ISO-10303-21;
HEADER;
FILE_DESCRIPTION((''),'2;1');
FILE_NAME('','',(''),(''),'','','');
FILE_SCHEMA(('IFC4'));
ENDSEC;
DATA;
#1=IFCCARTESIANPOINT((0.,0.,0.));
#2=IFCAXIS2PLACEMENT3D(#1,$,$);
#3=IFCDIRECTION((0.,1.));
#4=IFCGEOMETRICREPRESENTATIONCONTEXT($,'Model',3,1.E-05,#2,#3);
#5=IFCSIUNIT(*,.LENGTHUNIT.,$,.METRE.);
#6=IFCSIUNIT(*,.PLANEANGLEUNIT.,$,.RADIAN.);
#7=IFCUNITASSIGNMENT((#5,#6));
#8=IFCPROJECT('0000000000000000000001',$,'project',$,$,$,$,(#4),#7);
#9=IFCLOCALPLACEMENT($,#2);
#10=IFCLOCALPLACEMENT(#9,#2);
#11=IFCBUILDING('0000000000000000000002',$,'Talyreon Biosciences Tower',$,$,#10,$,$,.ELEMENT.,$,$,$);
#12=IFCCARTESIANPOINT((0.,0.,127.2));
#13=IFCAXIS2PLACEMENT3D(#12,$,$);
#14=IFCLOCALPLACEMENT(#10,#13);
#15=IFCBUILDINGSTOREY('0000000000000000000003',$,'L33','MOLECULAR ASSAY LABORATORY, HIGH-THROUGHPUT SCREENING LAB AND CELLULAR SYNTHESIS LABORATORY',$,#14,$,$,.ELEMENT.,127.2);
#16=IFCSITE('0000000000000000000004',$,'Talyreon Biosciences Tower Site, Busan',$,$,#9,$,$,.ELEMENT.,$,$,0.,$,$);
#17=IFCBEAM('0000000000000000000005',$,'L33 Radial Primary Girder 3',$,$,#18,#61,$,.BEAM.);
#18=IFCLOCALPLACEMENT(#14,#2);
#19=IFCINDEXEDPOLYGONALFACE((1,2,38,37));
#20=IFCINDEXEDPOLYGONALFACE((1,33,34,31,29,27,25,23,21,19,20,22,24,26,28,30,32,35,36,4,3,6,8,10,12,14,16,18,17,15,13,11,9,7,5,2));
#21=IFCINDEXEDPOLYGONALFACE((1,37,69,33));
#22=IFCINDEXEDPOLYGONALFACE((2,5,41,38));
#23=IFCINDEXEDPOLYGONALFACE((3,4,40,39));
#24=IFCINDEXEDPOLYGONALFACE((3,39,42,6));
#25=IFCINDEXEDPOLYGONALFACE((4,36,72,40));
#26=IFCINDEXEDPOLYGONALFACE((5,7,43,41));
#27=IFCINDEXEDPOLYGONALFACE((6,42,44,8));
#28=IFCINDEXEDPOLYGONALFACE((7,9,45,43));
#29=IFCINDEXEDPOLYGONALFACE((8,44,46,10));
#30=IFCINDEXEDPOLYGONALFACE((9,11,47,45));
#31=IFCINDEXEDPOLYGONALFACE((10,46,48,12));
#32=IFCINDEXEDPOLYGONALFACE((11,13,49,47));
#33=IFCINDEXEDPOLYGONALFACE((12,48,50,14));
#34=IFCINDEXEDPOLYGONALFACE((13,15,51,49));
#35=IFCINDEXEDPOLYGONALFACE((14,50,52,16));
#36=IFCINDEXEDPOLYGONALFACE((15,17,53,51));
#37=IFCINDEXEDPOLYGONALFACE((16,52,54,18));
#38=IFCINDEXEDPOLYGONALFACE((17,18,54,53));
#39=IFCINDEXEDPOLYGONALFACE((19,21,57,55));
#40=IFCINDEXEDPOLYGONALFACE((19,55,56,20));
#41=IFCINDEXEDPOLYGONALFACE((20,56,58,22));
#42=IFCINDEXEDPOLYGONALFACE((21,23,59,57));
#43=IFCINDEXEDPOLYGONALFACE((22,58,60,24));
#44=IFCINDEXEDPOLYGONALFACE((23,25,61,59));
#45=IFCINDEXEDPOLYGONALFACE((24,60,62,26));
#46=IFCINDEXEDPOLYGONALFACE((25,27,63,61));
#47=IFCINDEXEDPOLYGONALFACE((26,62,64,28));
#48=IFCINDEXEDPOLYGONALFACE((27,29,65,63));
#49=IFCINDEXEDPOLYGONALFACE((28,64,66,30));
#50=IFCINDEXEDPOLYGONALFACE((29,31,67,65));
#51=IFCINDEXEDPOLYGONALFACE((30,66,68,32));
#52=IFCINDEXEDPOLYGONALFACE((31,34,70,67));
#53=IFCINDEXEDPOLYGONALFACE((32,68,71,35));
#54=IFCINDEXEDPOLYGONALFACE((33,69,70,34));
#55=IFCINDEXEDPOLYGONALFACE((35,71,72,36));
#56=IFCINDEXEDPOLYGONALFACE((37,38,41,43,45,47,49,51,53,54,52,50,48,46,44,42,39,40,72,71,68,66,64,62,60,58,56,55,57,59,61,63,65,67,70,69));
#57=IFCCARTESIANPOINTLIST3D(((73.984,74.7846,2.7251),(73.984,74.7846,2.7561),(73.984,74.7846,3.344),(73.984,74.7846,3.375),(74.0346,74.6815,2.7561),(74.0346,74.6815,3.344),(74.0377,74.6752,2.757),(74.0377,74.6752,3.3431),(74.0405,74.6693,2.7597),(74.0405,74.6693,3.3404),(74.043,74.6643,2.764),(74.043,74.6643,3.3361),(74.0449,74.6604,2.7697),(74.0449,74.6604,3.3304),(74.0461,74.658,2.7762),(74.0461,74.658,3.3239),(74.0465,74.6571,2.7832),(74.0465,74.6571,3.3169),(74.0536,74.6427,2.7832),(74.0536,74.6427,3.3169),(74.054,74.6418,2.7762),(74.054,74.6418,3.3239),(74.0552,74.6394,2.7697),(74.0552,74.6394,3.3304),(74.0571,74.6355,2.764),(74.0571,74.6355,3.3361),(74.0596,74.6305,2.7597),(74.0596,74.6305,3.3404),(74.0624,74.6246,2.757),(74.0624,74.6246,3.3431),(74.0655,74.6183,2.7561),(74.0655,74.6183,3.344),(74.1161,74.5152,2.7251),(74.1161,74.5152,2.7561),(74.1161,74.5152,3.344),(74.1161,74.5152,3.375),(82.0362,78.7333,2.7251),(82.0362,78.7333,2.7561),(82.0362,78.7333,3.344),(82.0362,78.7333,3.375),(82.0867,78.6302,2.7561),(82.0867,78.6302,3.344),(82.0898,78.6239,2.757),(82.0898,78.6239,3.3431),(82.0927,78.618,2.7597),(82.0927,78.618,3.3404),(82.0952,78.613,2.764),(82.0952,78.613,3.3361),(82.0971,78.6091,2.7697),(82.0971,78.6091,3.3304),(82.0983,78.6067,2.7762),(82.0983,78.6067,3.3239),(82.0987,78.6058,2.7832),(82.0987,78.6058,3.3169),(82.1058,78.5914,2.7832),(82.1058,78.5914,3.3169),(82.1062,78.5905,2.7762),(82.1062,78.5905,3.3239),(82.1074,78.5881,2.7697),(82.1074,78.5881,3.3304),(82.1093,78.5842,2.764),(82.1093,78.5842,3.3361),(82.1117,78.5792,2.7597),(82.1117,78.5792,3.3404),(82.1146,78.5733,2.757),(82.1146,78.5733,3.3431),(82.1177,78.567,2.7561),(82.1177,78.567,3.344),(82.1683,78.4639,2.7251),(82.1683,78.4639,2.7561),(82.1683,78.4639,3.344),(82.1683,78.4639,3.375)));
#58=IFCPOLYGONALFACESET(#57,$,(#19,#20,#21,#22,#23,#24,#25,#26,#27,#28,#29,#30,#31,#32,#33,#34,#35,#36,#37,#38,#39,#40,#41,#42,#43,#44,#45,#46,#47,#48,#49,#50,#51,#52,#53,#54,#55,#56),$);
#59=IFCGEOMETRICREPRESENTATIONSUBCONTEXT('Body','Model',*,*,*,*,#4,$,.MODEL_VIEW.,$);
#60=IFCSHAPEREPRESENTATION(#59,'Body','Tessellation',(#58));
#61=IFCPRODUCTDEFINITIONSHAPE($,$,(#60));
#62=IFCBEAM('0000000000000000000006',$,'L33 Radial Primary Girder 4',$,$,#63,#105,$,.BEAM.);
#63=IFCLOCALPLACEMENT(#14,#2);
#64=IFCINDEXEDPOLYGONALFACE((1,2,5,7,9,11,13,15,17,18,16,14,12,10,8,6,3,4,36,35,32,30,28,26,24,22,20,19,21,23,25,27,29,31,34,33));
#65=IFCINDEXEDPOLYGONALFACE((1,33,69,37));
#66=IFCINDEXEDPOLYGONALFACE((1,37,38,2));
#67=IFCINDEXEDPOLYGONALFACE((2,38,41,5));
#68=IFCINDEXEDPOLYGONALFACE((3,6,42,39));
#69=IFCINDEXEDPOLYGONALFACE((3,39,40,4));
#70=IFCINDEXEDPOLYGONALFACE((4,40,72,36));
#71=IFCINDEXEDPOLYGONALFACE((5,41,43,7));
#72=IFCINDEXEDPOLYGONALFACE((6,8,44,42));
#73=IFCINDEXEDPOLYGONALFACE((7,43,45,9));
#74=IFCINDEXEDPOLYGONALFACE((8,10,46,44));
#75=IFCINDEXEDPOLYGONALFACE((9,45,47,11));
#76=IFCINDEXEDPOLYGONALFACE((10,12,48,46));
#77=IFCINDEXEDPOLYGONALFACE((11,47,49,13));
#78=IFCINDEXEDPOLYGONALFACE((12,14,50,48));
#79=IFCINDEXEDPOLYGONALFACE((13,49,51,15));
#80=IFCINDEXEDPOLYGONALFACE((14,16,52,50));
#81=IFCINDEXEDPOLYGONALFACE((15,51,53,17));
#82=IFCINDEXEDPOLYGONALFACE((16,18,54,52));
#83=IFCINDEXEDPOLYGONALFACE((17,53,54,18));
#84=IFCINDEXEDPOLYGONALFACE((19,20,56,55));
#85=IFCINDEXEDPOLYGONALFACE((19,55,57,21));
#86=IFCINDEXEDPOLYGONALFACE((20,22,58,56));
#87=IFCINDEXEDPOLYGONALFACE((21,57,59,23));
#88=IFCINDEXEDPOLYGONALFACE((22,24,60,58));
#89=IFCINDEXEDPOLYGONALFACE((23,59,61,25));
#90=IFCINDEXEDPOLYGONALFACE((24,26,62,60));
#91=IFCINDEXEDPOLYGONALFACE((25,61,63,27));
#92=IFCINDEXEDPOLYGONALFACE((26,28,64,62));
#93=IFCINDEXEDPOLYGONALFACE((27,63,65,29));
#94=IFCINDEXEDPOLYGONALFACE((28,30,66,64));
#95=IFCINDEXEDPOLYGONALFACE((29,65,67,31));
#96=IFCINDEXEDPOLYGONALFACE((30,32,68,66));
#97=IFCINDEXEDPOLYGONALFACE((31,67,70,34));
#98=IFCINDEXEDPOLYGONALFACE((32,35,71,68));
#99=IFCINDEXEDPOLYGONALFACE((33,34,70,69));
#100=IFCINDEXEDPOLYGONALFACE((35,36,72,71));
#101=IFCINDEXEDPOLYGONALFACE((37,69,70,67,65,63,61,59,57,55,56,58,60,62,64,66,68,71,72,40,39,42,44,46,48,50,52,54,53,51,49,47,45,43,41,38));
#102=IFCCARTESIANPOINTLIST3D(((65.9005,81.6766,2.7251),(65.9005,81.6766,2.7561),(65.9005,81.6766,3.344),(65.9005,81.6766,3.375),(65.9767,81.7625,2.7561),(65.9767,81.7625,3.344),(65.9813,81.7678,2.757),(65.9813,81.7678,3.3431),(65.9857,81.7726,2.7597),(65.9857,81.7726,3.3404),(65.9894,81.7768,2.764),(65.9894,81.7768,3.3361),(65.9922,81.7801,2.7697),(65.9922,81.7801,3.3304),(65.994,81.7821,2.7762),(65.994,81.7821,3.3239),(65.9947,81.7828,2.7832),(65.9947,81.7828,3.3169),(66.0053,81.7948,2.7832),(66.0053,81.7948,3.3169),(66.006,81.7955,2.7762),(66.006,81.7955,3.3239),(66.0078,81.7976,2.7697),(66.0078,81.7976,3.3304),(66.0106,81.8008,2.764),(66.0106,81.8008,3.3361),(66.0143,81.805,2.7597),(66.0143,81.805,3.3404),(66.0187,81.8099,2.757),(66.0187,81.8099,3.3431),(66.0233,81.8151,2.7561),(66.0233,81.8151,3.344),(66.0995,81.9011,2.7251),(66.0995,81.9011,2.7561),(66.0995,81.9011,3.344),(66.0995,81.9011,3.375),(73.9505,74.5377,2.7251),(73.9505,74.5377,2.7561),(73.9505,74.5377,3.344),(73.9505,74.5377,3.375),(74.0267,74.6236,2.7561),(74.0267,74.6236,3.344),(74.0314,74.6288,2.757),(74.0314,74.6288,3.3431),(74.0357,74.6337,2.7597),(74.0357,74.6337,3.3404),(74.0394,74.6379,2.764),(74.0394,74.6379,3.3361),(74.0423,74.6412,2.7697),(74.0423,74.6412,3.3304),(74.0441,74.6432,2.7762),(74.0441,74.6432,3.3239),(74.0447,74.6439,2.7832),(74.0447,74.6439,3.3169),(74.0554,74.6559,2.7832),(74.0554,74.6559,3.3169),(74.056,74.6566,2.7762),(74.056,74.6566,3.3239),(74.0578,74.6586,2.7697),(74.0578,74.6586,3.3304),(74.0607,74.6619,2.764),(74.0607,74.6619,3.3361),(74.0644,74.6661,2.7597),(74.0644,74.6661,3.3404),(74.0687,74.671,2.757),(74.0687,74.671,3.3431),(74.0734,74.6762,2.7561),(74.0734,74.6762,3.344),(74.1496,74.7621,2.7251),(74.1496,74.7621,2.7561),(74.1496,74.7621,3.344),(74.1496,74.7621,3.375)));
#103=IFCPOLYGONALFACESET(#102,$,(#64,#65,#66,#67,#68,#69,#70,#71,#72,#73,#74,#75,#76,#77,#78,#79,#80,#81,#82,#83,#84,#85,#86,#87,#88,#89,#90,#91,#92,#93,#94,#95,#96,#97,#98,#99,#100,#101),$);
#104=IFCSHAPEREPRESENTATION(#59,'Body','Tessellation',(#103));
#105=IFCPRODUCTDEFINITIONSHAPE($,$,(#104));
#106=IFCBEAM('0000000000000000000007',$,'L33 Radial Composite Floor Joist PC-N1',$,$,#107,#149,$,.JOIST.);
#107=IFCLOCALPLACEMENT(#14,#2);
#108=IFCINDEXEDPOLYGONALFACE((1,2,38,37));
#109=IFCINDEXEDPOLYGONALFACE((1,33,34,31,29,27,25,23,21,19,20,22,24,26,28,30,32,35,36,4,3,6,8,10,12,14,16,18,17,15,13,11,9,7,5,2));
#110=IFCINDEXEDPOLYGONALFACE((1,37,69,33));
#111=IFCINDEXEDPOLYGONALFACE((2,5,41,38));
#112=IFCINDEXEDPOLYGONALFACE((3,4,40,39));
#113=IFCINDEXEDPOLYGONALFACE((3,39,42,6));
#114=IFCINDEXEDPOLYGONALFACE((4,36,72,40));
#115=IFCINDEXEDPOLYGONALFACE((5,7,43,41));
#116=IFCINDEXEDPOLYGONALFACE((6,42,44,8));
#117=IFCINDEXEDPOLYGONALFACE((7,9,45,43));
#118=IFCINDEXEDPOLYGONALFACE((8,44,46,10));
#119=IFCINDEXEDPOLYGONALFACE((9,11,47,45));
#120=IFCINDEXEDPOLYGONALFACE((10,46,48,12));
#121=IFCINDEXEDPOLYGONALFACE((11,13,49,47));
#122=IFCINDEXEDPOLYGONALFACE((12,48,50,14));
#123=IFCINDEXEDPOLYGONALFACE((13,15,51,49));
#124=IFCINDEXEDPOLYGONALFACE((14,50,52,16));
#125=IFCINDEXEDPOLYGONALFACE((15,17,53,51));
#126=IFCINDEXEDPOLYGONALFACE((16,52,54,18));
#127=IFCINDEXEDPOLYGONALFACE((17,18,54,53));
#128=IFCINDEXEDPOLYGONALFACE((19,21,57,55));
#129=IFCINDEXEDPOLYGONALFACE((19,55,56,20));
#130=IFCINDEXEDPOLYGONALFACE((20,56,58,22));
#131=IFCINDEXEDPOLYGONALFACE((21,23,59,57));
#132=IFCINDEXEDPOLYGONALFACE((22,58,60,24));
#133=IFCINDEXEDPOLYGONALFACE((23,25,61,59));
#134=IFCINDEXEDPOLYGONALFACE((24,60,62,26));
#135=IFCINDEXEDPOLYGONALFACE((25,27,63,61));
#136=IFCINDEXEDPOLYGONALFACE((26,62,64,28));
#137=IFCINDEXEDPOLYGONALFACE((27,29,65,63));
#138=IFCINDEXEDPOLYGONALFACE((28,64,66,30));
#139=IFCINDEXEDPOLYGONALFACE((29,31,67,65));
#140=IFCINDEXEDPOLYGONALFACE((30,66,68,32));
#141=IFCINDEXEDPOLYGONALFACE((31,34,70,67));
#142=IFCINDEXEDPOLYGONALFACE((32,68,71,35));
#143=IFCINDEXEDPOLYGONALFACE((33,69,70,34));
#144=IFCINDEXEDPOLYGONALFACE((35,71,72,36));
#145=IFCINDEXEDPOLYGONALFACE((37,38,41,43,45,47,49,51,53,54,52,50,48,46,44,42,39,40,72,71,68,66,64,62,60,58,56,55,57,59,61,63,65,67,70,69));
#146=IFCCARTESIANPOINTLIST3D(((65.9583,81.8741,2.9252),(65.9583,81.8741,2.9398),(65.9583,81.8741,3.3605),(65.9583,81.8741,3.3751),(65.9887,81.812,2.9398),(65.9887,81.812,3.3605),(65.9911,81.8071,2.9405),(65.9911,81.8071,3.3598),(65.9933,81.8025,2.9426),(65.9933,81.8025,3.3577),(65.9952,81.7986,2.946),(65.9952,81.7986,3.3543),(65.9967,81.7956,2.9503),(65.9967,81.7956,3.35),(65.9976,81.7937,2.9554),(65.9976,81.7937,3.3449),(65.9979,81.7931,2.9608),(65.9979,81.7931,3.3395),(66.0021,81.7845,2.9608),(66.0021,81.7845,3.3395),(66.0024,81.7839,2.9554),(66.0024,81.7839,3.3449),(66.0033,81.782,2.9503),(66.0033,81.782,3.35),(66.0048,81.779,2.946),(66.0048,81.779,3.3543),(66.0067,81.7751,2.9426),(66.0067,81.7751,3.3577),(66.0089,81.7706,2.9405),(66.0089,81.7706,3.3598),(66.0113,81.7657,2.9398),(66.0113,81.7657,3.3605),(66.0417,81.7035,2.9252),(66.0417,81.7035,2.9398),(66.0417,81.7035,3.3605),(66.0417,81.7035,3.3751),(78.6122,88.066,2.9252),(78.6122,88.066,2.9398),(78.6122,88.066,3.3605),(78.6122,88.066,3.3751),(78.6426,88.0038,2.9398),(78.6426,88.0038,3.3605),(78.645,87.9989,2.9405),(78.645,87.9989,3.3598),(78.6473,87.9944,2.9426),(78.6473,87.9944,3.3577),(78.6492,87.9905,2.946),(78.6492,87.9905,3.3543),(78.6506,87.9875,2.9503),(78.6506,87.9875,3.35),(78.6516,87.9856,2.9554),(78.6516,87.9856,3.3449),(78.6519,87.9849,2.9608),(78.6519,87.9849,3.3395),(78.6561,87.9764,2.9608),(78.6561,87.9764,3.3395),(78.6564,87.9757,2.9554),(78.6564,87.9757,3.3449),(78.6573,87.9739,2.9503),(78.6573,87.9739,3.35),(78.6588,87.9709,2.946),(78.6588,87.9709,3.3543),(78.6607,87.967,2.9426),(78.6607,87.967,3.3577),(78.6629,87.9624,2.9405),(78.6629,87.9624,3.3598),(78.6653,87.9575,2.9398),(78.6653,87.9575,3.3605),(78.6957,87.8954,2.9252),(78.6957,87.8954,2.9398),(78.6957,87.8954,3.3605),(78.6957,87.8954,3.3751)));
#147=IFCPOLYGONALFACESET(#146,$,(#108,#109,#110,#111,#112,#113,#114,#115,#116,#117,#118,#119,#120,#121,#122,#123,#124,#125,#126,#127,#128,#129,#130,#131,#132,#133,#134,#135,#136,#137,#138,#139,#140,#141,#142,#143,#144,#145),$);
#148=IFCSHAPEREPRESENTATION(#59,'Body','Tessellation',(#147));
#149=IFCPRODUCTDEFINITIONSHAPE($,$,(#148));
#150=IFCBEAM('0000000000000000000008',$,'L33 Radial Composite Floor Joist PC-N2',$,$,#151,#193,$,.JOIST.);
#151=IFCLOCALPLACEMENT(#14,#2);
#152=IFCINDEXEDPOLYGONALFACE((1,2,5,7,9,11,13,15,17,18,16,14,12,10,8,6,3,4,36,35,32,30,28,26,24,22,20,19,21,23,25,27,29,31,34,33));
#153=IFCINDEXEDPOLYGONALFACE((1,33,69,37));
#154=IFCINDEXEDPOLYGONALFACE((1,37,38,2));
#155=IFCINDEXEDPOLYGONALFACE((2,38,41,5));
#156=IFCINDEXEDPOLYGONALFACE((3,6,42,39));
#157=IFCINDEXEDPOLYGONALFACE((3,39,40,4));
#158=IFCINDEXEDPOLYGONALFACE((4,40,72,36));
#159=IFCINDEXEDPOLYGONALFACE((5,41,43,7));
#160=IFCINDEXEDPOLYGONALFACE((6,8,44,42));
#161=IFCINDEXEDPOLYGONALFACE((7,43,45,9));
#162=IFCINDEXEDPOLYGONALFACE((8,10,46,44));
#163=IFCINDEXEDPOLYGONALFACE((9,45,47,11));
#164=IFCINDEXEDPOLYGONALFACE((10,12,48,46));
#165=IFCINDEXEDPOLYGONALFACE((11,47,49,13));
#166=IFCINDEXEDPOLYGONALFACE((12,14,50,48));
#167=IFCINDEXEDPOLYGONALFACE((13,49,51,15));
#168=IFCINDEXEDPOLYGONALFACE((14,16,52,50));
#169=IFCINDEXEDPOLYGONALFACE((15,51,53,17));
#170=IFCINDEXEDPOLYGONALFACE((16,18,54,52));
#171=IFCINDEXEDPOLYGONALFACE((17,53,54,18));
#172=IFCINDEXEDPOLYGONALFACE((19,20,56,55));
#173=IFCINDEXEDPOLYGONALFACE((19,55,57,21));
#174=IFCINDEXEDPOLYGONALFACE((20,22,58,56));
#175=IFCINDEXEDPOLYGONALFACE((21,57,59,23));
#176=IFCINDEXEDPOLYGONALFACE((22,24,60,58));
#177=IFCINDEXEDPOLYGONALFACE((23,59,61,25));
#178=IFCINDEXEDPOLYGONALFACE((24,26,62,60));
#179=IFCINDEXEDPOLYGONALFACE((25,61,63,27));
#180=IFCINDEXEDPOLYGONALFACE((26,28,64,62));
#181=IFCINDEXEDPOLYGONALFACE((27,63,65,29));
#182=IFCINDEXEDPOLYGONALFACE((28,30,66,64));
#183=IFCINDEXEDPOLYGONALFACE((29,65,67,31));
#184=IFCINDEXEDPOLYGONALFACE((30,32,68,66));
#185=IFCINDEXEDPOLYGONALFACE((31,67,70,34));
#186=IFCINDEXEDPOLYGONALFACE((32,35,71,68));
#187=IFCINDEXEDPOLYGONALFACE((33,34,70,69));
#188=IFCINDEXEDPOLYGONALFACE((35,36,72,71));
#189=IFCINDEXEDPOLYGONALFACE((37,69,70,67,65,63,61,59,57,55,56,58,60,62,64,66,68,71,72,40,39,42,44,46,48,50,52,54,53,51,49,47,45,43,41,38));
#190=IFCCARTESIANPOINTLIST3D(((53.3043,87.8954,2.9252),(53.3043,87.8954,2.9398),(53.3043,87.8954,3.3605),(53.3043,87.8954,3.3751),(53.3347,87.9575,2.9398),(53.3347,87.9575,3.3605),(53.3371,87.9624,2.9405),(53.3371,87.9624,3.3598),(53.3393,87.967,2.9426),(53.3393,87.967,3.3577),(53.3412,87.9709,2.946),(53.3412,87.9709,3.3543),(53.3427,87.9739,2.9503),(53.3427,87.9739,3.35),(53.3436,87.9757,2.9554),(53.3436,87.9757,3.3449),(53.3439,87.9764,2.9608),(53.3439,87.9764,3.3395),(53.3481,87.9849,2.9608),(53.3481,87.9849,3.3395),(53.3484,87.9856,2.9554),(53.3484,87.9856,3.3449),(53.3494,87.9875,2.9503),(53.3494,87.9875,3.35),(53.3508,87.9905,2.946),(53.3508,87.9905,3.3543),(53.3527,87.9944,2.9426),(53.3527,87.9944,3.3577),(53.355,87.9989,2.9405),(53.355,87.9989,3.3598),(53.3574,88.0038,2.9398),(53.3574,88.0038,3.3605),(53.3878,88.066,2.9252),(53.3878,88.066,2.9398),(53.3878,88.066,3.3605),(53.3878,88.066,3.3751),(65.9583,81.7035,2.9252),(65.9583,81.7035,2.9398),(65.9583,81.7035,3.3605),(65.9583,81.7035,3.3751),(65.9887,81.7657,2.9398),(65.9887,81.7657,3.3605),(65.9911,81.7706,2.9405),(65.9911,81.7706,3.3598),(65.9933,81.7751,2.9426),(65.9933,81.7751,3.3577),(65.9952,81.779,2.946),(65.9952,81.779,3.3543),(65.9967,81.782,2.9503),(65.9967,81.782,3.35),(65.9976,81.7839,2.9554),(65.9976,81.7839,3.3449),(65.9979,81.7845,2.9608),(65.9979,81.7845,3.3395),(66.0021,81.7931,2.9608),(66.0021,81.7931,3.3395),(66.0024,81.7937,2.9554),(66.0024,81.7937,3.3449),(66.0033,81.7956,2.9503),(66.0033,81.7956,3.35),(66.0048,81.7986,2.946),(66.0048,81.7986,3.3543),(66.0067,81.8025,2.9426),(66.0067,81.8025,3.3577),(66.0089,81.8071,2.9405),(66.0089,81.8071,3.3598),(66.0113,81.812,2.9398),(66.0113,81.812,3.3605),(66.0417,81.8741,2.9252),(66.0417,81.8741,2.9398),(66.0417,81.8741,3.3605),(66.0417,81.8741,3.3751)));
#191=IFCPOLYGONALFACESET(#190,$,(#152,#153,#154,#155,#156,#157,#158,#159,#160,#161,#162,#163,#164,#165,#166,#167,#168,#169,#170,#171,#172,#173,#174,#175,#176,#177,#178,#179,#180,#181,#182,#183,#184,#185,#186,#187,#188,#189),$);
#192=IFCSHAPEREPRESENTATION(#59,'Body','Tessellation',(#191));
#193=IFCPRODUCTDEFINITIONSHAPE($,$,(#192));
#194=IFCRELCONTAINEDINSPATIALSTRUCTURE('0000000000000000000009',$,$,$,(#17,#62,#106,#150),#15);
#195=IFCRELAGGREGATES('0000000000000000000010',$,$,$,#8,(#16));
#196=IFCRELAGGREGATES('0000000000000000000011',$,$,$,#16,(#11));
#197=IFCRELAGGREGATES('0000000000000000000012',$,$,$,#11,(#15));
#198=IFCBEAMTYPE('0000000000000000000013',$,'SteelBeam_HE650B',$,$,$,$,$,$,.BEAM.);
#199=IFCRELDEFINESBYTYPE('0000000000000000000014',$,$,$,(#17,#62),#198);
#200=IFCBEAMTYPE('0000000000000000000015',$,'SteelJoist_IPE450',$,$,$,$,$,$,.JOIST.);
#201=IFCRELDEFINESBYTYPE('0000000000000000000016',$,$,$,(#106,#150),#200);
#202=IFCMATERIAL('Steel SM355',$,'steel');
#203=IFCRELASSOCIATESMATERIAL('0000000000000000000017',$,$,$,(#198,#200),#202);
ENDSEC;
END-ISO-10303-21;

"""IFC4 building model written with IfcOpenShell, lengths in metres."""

from ifc_helpers import new_model, si_unit, direction, frame, origin, origin_2d, place, context, subcontext, project, spatial, i_section, extrude, material, material_profile, profile_set, type_object, element, save


model = new_model("IFC4")

# Units and contexts
model_context = context("Model", 3, precision=1e-05, world=origin(), true_north=direction((0.0, 1.0)))
body_context = subcontext(model_context, "Body", "Model", "MODEL_VIEW")
ifc_project = project(units=[si_unit("LENGTHUNIT", "METRE"), si_unit("PLANEANGLEUNIT", "RADIAN")], contexts=[model_context])

# Site, building, storey
site_placement = place(None, origin())
site = spatial("IfcSite", under=ifc_project, at=site_placement, Name="Talyreon Biosciences Tower Site, Busan", CompositionType="ELEMENT", RefElevation=0.0)
building_placement = place(site_placement, origin())
building = spatial("IfcBuilding", under=site, at=building_placement, Name="Talyreon Biosciences Tower", CompositionType="ELEMENT")
storey_placement = place(building_placement, frame((0.0, 0.0, 127.2)))
storey = spatial("IfcBuildingStorey", under=building, at=storey_placement, Name="L33", Description="MOLECULAR ASSAY LABORATORY, HIGH-THROUGHPUT SCREENING LAB AND CELLULAR SYNTHESIS LABORATORY", CompositionType="ELEMENT", Elevation=127.2)

# Beams
ifc_material_1 = material(Name="Steel SM355", Category="steel")
ifc_material_profile_1 = material_profile(ifc_material_1, i_section(OverallWidth=0.3, OverallDepth=0.6499, WebThickness=0.0161, FlangeThickness=0.031, FilletRadius=0.0271, at=origin_2d()), Name="HE650B")
ifc_profile_set_1 = profile_set([ifc_material_profile_1], Name="Steel SM355")
beam_type_1 = type_object("IfcBeamType", Name="SteelBeam_HE650B", PredefinedType="BEAM", material=ifc_profile_set_1)
beam_1_placement = place(storey_placement, frame((74.05, 74.6499, 3.05), z_axis=(0.897852, 0.440297, 0.0), x_axis=(-0.440297, 0.897852, 0.0)))
element("IfcBeam", 1, at=beam_1_placement, inside=storey, type_object=beam_type_1, Name="L33 Radial Primary Girder 3", PredefinedType="BEAM", context=body_context, shape_type="SweptSolid", body=[
    extrude(i_section(OverallWidth=0.3, OverallDepth=0.6499, WebThickness=0.0161, FlangeThickness=0.031, FilletRadius=0.0271, at=origin_2d()), origin(), (0.0, 0.0, 1.0), 8.9683),
])
beam_2_placement = place(storey_placement, frame((74.05, 74.6499, 3.05), z_axis=(-0.748179, 0.663497, 0.0), x_axis=(-0.663497, -0.748179, 0.0)))
element("IfcBeam", 2, at=beam_2_placement, inside=storey, type_object=beam_type_1, Name="L33 Radial Primary Girder 4", PredefinedType="BEAM", context=body_context, shape_type="SweptSolid", body=[
    extrude(i_section(OverallWidth=0.3, OverallDepth=0.6499, WebThickness=0.0161, FlangeThickness=0.031, FilletRadius=0.0271, at=origin_2d()), origin(), (0.0, 0.0, 1.0), 10.7595),
])
ifc_material_profile_2 = material_profile(ifc_material_1, i_section(OverallWidth=0.1899, OverallDepth=0.45, WebThickness=0.0095, FlangeThickness=0.0146, FilletRadius=0.021, at=origin_2d()), Name="IPE450")
ifc_profile_set_2 = profile_set([ifc_material_profile_2], Name="Steel SM355")
beam_type_2 = type_object("IfcBeamType", Name="SteelJoist_IPE450", PredefinedType="JOIST", material=ifc_profile_set_2)
for number, where, z_axis, x_axis, name in (
    (3, (66.0, 81.7888, 3.1501), (0.898231, 0.439523, 0.0), (-0.439523, 0.898231, 0.0), "L33 Radial Composite Floor Joist PC-N1"),
    (4, (66.0, 81.7888, 3.1501), (-0.898231, 0.439523, 0.0), (-0.439523, -0.898231, 0.0), "L33 Radial Composite Floor Joist PC-N2"),
):
    element("IfcBeam", number, at=place(storey_placement, frame(where, z_axis=z_axis, x_axis=x_axis)), inside=storey, type_object=beam_type_2, Name=name, PredefinedType="JOIST", context=body_context, shape_type="SweptSolid", body=[
        extrude(i_section(OverallWidth=0.1899, OverallDepth=0.45, WebThickness=0.0095, FlangeThickness=0.0146, FilletRadius=0.021, at=origin_2d()), origin(), (0.0, 0.0, 1.0), 14.0876),
    ])

save(model, "model.ifc")
